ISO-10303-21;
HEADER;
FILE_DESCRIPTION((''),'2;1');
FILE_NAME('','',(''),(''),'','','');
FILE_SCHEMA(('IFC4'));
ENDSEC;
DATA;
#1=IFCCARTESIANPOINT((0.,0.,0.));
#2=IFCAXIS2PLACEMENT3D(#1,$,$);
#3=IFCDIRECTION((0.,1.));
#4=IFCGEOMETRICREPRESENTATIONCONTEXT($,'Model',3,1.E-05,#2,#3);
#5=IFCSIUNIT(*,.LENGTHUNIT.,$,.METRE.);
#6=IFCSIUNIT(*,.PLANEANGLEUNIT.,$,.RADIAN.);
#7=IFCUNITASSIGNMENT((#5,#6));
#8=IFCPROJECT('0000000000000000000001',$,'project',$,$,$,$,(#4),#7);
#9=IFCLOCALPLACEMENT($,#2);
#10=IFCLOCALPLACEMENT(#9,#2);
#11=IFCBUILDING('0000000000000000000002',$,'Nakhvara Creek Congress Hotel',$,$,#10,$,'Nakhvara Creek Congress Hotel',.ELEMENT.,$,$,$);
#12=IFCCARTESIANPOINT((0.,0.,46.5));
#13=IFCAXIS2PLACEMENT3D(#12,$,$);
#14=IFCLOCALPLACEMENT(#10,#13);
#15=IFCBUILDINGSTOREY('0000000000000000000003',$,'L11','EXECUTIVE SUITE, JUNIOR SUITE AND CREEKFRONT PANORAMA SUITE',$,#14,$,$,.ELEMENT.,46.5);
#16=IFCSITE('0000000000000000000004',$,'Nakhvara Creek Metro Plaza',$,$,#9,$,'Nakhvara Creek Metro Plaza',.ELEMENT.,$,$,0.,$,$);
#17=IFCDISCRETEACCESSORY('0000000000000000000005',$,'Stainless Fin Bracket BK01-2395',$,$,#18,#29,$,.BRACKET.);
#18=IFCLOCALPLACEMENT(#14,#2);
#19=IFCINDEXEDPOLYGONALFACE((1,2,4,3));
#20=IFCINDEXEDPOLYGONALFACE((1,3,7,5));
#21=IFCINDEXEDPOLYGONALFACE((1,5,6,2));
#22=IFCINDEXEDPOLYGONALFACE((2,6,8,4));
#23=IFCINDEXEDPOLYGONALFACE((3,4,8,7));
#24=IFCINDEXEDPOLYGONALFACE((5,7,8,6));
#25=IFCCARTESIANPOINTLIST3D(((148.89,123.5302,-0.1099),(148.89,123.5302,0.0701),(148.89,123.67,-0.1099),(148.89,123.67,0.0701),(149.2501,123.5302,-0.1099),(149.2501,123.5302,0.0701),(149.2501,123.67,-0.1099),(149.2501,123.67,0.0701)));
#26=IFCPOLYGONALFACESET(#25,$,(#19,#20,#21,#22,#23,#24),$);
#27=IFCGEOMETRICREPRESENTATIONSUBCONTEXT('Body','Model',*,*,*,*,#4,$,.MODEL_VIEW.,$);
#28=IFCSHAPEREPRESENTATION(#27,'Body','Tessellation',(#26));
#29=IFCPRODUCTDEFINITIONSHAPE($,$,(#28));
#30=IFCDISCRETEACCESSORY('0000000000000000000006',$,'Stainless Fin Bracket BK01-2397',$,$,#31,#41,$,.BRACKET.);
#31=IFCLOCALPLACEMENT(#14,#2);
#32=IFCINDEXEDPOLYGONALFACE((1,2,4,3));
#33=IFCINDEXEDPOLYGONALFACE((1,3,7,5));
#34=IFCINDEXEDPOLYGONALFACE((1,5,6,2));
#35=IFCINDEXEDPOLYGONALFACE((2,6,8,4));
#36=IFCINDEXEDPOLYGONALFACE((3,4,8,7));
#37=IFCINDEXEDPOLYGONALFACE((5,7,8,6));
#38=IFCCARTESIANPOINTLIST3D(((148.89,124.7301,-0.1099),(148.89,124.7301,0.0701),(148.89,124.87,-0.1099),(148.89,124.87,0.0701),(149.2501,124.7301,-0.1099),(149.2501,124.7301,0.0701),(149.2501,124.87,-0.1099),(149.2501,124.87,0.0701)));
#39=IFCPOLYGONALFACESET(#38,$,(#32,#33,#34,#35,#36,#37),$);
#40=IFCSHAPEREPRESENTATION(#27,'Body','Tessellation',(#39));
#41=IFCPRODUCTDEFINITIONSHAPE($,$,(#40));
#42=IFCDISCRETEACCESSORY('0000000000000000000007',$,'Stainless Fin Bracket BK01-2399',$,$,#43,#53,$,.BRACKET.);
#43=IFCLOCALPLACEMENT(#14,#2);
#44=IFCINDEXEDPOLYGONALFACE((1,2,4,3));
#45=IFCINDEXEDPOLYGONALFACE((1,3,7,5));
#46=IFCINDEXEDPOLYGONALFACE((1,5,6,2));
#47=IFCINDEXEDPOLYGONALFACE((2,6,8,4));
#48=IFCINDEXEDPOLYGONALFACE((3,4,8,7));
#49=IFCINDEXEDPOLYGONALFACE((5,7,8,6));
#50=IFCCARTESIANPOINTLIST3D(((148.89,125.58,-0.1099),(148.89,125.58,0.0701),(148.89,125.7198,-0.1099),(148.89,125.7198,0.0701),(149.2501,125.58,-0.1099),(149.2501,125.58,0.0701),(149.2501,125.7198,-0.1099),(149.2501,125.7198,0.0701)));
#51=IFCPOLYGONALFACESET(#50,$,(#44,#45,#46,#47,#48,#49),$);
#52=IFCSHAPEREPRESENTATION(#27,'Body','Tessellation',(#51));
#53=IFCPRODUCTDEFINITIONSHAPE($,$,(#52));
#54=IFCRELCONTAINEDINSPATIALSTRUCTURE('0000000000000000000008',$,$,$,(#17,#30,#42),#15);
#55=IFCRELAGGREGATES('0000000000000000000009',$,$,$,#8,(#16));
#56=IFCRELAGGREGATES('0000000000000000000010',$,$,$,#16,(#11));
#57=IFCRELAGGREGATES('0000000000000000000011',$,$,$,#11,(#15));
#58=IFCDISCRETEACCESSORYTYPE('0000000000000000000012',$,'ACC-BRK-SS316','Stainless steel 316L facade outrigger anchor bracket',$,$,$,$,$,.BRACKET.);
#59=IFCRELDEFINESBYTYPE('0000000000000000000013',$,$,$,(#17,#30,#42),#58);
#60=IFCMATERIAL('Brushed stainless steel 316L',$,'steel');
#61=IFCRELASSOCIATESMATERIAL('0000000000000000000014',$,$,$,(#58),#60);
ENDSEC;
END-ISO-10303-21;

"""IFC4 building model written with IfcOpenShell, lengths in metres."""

from ifc_helpers import new_model, si_unit, direction, frame, origin, origin_2d, place, context, subcontext, project, spatial, rectangle, extrude, material, type_object, element, save


model = new_model("IFC4")

# Units and contexts
model_context = context("Model", 3, precision=1e-05, world=origin(), true_north=direction((0.0, 1.0)))
body_context = subcontext(model_context, "Body", "Model", "MODEL_VIEW")
ifc_project = project(units=[si_unit("LENGTHUNIT", "METRE"), si_unit("PLANEANGLEUNIT", "RADIAN")], contexts=[model_context])

# Site, building, storey
site_placement = place(None, origin())
site = spatial("IfcSite", under=ifc_project, at=site_placement, Name="Nakhvara Creek Metro Plaza", LongName="Nakhvara Creek Metro Plaza", CompositionType="ELEMENT", RefElevation=0.0)
building_placement = place(site_placement, origin())
building = spatial("IfcBuilding", under=site, at=building_placement, Name="Nakhvara Creek Congress Hotel", LongName="Nakhvara Creek Congress Hotel", CompositionType="ELEMENT")
storey_placement = place(building_placement, frame((0.0, 0.0, 46.5)))
storey = spatial("IfcBuildingStorey", under=building, at=storey_placement, Name="L11", Description="EXECUTIVE SUITE, JUNIOR SUITE AND CREEKFRONT PANORAMA SUITE", CompositionType="ELEMENT", Elevation=46.5)

# Discrete accessories
ifc_material_1 = material(Name="Brushed stainless steel 316L", Category="steel")
discrete_accessory_type = type_object("IfcDiscreteAccessoryType", Name="ACC-BRK-SS316", Description="Stainless steel 316L facade outrigger anchor bracket", PredefinedType="BRACKET", material=ifc_material_1)
for number, where, z_axis, x_axis, name in (
    (1, (149.0701, 123.6001, -0.1099), (0.0, 0.0, 1.0), (0.0, 1.0, 0.0), "Stainless Fin Bracket BK01-2395"),
    (2, (149.0701, 124.8, -0.1099), (0.0, 0.0, 1.0), (0.0, 1.0, 0.0), "Stainless Fin Bracket BK01-2397"),
    (3, (149.0701, 125.6499, -0.1099), (0.0, 0.0, 1.0), (0.0, 1.0, 0.0), "Stainless Fin Bracket BK01-2399"),
):
    element("IfcDiscreteAccessory", number, at=place(storey_placement, frame(where, z_axis=z_axis, x_axis=x_axis)), inside=storey, type_object=discrete_accessory_type, Name=name, PredefinedType="BRACKET", context=body_context, shape_type="SweptSolid", body=[
        extrude(rectangle(XDim=0.1399, YDim=0.3601, at=origin_2d()), origin(), (0.0, 0.0, 1.0), 0.1799),
    ])

save(model, "model.ifc")
